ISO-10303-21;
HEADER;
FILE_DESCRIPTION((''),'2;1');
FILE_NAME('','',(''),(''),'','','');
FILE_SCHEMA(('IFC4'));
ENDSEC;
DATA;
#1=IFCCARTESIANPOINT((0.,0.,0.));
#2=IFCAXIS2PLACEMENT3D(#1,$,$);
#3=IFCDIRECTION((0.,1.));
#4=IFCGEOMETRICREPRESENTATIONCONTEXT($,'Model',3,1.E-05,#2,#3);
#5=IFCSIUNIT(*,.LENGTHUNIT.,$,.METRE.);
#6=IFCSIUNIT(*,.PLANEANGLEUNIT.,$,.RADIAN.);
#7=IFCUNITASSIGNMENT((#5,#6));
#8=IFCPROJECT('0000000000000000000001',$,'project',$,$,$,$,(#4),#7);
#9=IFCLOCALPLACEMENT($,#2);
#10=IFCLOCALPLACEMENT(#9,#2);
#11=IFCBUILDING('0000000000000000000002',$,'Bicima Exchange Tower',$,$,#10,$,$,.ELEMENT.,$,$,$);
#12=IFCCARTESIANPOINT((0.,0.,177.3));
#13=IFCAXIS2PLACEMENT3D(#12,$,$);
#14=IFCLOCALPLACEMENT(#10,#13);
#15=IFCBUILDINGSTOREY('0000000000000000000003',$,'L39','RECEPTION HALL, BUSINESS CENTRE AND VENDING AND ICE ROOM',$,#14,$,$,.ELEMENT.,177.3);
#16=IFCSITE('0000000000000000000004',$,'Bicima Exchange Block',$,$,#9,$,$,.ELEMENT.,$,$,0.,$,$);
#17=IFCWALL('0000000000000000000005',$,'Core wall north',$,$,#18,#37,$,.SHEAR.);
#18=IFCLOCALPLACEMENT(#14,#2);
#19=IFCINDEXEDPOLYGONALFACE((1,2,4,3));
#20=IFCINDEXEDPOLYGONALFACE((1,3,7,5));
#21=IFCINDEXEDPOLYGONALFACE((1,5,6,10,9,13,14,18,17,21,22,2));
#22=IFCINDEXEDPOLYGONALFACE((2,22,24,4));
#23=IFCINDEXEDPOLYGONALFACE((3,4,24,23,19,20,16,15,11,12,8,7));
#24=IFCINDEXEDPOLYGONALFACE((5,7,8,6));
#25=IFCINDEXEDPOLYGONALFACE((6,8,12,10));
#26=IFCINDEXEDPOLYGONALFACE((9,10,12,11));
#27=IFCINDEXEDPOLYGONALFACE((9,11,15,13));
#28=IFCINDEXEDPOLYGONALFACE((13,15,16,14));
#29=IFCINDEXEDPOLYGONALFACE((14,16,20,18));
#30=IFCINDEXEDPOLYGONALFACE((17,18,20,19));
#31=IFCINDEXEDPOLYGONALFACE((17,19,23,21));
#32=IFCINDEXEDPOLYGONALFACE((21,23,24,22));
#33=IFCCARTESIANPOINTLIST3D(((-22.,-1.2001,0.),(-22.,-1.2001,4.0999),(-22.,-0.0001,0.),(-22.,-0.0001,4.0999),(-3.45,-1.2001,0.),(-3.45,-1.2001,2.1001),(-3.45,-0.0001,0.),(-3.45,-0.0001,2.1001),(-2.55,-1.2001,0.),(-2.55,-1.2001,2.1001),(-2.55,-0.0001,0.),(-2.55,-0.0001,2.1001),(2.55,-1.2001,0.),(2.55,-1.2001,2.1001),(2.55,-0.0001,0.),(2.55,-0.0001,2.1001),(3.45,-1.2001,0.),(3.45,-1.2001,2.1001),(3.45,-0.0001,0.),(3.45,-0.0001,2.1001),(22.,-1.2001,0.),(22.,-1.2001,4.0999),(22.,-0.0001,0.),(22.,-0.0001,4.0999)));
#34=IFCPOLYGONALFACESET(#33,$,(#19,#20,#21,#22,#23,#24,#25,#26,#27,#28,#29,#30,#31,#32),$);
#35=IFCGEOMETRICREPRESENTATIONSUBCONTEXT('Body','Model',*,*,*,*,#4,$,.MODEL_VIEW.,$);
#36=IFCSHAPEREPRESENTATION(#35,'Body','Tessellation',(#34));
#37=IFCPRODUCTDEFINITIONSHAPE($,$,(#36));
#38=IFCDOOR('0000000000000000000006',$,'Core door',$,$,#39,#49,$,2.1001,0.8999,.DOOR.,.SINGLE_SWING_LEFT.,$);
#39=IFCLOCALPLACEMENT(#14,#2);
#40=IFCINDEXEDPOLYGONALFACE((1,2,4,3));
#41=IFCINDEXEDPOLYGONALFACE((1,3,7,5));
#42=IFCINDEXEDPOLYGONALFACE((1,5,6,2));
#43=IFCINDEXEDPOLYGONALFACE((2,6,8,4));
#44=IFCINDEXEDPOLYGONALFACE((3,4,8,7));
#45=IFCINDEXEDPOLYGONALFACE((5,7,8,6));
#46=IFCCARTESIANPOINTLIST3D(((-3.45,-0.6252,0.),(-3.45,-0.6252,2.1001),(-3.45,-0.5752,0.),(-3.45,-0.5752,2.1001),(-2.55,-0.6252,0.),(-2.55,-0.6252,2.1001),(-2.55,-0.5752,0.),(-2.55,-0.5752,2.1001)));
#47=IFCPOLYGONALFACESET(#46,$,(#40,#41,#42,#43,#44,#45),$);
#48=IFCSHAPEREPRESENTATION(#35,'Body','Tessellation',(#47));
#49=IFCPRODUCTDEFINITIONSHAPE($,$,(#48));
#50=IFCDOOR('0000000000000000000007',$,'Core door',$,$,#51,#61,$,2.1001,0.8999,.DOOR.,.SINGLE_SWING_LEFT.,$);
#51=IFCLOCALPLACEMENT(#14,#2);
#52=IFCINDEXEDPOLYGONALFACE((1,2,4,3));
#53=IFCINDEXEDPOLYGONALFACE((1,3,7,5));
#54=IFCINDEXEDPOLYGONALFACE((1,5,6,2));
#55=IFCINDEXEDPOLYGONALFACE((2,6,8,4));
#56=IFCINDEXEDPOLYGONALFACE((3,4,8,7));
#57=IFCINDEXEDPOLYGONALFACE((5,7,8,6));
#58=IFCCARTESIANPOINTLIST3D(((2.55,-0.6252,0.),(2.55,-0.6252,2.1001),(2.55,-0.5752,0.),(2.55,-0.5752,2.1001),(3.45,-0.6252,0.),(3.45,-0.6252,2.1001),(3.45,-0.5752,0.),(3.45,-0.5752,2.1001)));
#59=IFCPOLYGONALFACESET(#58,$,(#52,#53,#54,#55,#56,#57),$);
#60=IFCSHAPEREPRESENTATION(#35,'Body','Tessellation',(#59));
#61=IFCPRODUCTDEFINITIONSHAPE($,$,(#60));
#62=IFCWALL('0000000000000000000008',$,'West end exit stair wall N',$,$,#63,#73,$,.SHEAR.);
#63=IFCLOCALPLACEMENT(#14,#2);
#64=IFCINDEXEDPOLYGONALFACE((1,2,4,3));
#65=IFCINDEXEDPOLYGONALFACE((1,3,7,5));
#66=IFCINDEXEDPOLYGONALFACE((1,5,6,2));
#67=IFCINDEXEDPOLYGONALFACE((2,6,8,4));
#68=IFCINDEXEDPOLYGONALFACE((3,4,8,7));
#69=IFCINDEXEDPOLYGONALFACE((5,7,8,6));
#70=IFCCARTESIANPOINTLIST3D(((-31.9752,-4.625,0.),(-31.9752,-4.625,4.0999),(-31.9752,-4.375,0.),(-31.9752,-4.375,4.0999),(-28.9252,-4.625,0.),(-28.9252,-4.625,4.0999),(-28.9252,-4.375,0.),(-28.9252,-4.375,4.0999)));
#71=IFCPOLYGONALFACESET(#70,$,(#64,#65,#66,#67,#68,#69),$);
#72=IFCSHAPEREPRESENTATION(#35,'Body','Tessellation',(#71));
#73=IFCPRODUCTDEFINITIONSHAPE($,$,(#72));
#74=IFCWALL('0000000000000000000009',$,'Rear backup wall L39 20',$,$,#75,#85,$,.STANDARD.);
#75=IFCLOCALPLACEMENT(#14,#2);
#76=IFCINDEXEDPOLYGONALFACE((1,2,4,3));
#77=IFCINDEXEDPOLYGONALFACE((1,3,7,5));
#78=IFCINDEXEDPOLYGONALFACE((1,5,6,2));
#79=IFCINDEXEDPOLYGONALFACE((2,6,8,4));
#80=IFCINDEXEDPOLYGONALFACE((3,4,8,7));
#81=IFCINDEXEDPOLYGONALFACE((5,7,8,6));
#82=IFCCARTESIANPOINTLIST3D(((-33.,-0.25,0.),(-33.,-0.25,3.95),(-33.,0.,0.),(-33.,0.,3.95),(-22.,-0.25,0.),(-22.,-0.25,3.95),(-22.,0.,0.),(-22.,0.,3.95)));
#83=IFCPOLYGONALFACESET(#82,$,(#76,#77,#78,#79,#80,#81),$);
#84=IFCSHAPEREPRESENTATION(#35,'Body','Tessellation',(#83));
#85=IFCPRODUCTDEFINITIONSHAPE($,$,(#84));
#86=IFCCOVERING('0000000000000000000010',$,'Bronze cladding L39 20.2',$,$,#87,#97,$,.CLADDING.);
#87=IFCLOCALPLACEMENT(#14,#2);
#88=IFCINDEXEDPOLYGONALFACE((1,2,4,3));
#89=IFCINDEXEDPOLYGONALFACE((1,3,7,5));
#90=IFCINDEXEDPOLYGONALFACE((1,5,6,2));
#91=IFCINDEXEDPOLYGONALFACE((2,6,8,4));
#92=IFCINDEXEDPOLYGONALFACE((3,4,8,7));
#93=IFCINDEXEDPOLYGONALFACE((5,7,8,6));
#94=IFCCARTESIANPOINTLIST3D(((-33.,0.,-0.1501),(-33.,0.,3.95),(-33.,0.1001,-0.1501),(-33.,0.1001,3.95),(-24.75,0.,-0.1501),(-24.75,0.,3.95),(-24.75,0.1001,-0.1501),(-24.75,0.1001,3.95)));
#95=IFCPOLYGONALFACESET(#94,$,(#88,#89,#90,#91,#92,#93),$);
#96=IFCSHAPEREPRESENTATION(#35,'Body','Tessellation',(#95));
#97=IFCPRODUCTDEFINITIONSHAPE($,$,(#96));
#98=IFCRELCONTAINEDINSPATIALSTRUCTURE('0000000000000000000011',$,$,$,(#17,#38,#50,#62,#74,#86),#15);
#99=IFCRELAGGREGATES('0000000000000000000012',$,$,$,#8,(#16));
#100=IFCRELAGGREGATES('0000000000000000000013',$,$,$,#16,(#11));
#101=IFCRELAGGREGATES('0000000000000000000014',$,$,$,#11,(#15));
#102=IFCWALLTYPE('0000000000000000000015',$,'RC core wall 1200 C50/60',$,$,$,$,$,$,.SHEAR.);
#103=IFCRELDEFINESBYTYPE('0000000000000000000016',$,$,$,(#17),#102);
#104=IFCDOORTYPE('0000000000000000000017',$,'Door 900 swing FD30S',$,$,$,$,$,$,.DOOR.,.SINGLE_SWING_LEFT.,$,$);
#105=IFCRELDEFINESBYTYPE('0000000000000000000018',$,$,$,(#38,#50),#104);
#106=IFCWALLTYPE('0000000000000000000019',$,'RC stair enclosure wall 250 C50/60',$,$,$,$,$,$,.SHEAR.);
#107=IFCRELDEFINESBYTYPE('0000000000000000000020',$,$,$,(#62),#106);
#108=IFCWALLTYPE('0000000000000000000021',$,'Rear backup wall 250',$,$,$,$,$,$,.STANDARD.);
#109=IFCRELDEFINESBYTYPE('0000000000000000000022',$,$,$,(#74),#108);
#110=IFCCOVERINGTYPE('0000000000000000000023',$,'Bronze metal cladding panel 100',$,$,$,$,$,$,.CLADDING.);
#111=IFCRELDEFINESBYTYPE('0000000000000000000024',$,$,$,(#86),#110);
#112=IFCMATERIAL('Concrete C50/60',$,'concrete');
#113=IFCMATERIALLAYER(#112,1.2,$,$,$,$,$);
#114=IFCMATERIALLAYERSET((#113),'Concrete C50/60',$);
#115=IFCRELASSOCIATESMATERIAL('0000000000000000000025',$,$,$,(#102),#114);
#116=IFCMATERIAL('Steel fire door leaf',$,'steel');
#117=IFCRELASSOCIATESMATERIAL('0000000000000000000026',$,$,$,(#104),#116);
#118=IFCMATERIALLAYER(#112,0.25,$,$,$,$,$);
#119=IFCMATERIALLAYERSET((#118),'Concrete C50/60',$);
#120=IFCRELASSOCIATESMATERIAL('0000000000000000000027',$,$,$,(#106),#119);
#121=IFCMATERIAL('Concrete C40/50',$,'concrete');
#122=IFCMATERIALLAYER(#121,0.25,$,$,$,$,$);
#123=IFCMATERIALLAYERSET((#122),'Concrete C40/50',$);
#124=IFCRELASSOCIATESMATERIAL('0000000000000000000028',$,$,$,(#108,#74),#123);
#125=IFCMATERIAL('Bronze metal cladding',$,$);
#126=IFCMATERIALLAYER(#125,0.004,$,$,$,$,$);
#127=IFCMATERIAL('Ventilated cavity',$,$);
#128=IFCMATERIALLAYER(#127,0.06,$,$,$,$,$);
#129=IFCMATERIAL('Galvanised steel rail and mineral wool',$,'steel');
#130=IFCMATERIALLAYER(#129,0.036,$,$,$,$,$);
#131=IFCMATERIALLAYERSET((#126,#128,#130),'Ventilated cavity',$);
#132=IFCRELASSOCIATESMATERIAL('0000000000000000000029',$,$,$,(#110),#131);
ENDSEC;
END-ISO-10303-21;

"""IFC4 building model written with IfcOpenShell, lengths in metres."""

from ifc_helpers import new_model, si_unit, direction, frame, frame_2d, origin, origin_2d, place, context, subcontext, project, spatial, rectangle, extrude, material, layer, layer_set, layer_usage, type_object, element, fill, save


model = new_model("IFC4")

# Units and contexts
model_context = context("Model", 3, precision=1e-05, world=origin(), true_north=direction((0.0, 1.0)))
body_context = subcontext(model_context, "Body", "Model", "MODEL_VIEW")
ifc_project = project(units=[si_unit("LENGTHUNIT", "METRE"), si_unit("PLANEANGLEUNIT", "RADIAN")], contexts=[model_context])

# Site, building, storey
site_placement = place(None, origin())
site = spatial("IfcSite", under=ifc_project, at=site_placement, Name="Bicima Exchange Block", CompositionType="ELEMENT", RefElevation=0.0)
building_placement = place(site_placement, origin())
building = spatial("IfcBuilding", under=site, at=building_placement, Name="Bicima Exchange Tower", CompositionType="ELEMENT")
storey_placement = place(building_placement, frame((0.0, 0.0, 177.3)))
storey = spatial("IfcBuildingStorey", under=building, at=storey_placement, Name="L39", Description="RECEPTION HALL, BUSINESS CENTRE AND VENDING AND ICE ROOM", CompositionType="ELEMENT", Elevation=177.3)

# Wall, openings, doors
ifc_material_1 = material(Name="Concrete C50/60", Category="concrete")
ifc_layer_1 = layer(ifc_material_1, 1.2)
ifc_layer_set_1 = layer_set([ifc_layer_1], Name="Concrete C50/60")
wall_type_1 = type_object("IfcWallType", Name="RC core wall 1200 C50/60", PredefinedType="SHEAR", material=ifc_layer_set_1)
wall_1_placement = place(storey_placement, frame((-22.0, -0.6001, 0.0), z_axis=(0.0, 0.0, 1.0), x_axis=(1.0, 0.0, 0.0)))
wall_1 = element("IfcWall", 1, at=wall_1_placement, inside=storey, type_object=wall_type_1, Name="Core wall north", PredefinedType="SHEAR", context=body_context, shape_type="SweptSolid", body=[
    extrude(rectangle(XDim=44.0, YDim=1.2, at=frame_2d((22.0, 0.0))), origin(), (0.0, 0.0, 1.0), 4.0999),
])
opening_1_placement = place(wall_1_placement, frame((18.55, 0.0, 0.0)))
opening_1 = element("IfcOpeningElement", 2, at=opening_1_placement, cuts=wall_1, PredefinedType="OPENING", context=body_context, shape_type="SweptSolid", body=[
    extrude(rectangle(XDim=0.8999, YDim=2.1001, at=frame_2d((0.45, 1.05))), frame((0.0, 0.6118, 0.0), z_axis=(0.0, -1.0, 0.0), x_axis=(1.0, 0.0, 0.0)), (0.0, 0.0, 1.0), 1.2239),
])
opening_2_placement = place(wall_1_placement, frame((24.55, 0.0, 0.0)))
opening_2 = element("IfcOpeningElement", 3, at=opening_2_placement, cuts=wall_1, PredefinedType="OPENING", context=body_context, shape_type="SweptSolid", body=[
    extrude(rectangle(XDim=0.8999, YDim=2.1001, at=frame_2d((0.45, 1.05))), frame((0.0, 0.6118, 0.0), z_axis=(0.0, -1.0, 0.0), x_axis=(1.0, 0.0, 0.0)), (0.0, 0.0, 1.0), 1.2239),
])
ifc_material_2 = material(Name="Steel fire door leaf", Category="steel")
door_type = type_object("IfcDoorType", Name="Door 900 swing FD30S", OperationType="SINGLE_SWING_LEFT", PredefinedType="DOOR", material=ifc_material_2)
door_1_placement = place(opening_1_placement, origin())
door_1 = element("IfcDoor", 4, at=door_1_placement, inside=storey, type_object=door_type, Name="Core door", OperationType="SINGLE_SWING_LEFT", OverallHeight=2.1001, OverallWidth=0.8999, PredefinedType="DOOR", context=body_context, shape_type="SweptSolid", body=[
    extrude(rectangle(XDim=0.8999, YDim=2.1001, at=frame_2d((0.45, 1.05))), frame((0.0, 0.0249, 0.0), z_axis=(0.0, -1.0, 0.0), x_axis=(1.0, 0.0, 0.0)), (0.0, 0.0, 1.0), 0.05),
])
fill(opening_1, door_1)
door_2_placement = place(opening_2_placement, origin())
door_2 = element("IfcDoor", 5, at=door_2_placement, inside=storey, type_object=door_type, Name="Core door", OperationType="SINGLE_SWING_LEFT", OverallHeight=2.1001, OverallWidth=0.8999, PredefinedType="DOOR", context=body_context, shape_type="SweptSolid", body=[
    extrude(rectangle(XDim=0.8999, YDim=2.1001, at=frame_2d((0.45, 1.05))), frame((0.0, 0.0249, 0.0), z_axis=(0.0, -1.0, 0.0), x_axis=(1.0, 0.0, 0.0)), (0.0, 0.0, 1.0), 0.05),
])
fill(opening_2, door_2)

# Walls
ifc_layer_2 = layer(ifc_material_1, 0.25)
ifc_layer_set_2 = layer_set([ifc_layer_2], Name="Concrete C50/60")
wall_type_2 = type_object("IfcWallType", Name="RC stair enclosure wall 250 C50/60", PredefinedType="SHEAR", material=ifc_layer_set_2)
wall_2_placement = place(storey_placement, frame((-31.9751, -4.5, 0.0), z_axis=(0.0, 0.0, 1.0), x_axis=(1.0, 0.0, 0.0)))
element("IfcWall", 6, at=wall_2_placement, inside=storey, type_object=wall_type_2, Name="West end exit stair wall N", PredefinedType="SHEAR", context=body_context, shape_type="SweptSolid", body=[
    extrude(rectangle(XDim=3.05, YDim=0.25, at=frame_2d((1.5249, 0.0))), origin(), (0.0, 0.0, 1.0), 4.0999),
])
ifc_material_3 = material(Name="Concrete C40/50", Category="concrete")
ifc_layer_3 = layer(ifc_material_3, 0.25)
ifc_layer_set_3 = layer_set([ifc_layer_3], Name="Concrete C40/50")
ifc_layer_usage = layer_usage(ifc_layer_set_3, "AXIS2", "POSITIVE", -0.125)
wall_type_3 = type_object("IfcWallType", Name="Rear backup wall 250", PredefinedType="STANDARD", material=ifc_layer_set_3)
wall_3_placement = place(storey_placement, frame((-22.0, -0.125, 0.0), z_axis=(0.0, 0.0, 1.0), x_axis=(-1.0, 0.0, 0.0)))
element("IfcWall", 7, at=wall_3_placement, inside=storey, type_object=wall_type_3, material=ifc_layer_usage, Name="Rear backup wall L39 20", PredefinedType="STANDARD", context=body_context, shape_type="SweptSolid", body=[
    extrude(rectangle(XDim=11.0, YDim=0.25, at=frame_2d((5.5, 0.0))), origin(), (0.0, 0.0, 1.0), 3.95),
])

# Covering
ifc_material_4 = material(Name="Bronze metal cladding")
ifc_layer_4 = layer(ifc_material_4, 0.004)
ifc_material_5 = material(Name="Ventilated cavity")
ifc_layer_5 = layer(ifc_material_5, 0.06)
ifc_material_6 = material(Name="Galvanised steel rail and mineral wool", Category="steel")
ifc_layer_6 = layer(ifc_material_6, 0.036)
ifc_layer_set_4 = layer_set([ifc_layer_4, ifc_layer_5, ifc_layer_6], Name="Ventilated cavity")
covering_type = type_object("IfcCoveringType", Name="Bronze metal cladding panel 100", PredefinedType="CLADDING", material=ifc_layer_set_4)
covering_placement = place(storey_placement, frame((-28.875, 0.05, -0.1501), z_axis=(0.0, 0.0, 1.0), x_axis=(-1.0, 0.0, 0.0)))
element("IfcCovering", 8, at=covering_placement, inside=storey, type_object=covering_type, Name="Bronze cladding L39 20.2", PredefinedType="CLADDING", context=body_context, shape_type="SweptSolid", body=[
    extrude(rectangle(XDim=8.25, YDim=0.1001, at=origin_2d()), origin(), (0.0, 0.0, 1.0), 4.1001),
])

save(model, "model.ifc")
